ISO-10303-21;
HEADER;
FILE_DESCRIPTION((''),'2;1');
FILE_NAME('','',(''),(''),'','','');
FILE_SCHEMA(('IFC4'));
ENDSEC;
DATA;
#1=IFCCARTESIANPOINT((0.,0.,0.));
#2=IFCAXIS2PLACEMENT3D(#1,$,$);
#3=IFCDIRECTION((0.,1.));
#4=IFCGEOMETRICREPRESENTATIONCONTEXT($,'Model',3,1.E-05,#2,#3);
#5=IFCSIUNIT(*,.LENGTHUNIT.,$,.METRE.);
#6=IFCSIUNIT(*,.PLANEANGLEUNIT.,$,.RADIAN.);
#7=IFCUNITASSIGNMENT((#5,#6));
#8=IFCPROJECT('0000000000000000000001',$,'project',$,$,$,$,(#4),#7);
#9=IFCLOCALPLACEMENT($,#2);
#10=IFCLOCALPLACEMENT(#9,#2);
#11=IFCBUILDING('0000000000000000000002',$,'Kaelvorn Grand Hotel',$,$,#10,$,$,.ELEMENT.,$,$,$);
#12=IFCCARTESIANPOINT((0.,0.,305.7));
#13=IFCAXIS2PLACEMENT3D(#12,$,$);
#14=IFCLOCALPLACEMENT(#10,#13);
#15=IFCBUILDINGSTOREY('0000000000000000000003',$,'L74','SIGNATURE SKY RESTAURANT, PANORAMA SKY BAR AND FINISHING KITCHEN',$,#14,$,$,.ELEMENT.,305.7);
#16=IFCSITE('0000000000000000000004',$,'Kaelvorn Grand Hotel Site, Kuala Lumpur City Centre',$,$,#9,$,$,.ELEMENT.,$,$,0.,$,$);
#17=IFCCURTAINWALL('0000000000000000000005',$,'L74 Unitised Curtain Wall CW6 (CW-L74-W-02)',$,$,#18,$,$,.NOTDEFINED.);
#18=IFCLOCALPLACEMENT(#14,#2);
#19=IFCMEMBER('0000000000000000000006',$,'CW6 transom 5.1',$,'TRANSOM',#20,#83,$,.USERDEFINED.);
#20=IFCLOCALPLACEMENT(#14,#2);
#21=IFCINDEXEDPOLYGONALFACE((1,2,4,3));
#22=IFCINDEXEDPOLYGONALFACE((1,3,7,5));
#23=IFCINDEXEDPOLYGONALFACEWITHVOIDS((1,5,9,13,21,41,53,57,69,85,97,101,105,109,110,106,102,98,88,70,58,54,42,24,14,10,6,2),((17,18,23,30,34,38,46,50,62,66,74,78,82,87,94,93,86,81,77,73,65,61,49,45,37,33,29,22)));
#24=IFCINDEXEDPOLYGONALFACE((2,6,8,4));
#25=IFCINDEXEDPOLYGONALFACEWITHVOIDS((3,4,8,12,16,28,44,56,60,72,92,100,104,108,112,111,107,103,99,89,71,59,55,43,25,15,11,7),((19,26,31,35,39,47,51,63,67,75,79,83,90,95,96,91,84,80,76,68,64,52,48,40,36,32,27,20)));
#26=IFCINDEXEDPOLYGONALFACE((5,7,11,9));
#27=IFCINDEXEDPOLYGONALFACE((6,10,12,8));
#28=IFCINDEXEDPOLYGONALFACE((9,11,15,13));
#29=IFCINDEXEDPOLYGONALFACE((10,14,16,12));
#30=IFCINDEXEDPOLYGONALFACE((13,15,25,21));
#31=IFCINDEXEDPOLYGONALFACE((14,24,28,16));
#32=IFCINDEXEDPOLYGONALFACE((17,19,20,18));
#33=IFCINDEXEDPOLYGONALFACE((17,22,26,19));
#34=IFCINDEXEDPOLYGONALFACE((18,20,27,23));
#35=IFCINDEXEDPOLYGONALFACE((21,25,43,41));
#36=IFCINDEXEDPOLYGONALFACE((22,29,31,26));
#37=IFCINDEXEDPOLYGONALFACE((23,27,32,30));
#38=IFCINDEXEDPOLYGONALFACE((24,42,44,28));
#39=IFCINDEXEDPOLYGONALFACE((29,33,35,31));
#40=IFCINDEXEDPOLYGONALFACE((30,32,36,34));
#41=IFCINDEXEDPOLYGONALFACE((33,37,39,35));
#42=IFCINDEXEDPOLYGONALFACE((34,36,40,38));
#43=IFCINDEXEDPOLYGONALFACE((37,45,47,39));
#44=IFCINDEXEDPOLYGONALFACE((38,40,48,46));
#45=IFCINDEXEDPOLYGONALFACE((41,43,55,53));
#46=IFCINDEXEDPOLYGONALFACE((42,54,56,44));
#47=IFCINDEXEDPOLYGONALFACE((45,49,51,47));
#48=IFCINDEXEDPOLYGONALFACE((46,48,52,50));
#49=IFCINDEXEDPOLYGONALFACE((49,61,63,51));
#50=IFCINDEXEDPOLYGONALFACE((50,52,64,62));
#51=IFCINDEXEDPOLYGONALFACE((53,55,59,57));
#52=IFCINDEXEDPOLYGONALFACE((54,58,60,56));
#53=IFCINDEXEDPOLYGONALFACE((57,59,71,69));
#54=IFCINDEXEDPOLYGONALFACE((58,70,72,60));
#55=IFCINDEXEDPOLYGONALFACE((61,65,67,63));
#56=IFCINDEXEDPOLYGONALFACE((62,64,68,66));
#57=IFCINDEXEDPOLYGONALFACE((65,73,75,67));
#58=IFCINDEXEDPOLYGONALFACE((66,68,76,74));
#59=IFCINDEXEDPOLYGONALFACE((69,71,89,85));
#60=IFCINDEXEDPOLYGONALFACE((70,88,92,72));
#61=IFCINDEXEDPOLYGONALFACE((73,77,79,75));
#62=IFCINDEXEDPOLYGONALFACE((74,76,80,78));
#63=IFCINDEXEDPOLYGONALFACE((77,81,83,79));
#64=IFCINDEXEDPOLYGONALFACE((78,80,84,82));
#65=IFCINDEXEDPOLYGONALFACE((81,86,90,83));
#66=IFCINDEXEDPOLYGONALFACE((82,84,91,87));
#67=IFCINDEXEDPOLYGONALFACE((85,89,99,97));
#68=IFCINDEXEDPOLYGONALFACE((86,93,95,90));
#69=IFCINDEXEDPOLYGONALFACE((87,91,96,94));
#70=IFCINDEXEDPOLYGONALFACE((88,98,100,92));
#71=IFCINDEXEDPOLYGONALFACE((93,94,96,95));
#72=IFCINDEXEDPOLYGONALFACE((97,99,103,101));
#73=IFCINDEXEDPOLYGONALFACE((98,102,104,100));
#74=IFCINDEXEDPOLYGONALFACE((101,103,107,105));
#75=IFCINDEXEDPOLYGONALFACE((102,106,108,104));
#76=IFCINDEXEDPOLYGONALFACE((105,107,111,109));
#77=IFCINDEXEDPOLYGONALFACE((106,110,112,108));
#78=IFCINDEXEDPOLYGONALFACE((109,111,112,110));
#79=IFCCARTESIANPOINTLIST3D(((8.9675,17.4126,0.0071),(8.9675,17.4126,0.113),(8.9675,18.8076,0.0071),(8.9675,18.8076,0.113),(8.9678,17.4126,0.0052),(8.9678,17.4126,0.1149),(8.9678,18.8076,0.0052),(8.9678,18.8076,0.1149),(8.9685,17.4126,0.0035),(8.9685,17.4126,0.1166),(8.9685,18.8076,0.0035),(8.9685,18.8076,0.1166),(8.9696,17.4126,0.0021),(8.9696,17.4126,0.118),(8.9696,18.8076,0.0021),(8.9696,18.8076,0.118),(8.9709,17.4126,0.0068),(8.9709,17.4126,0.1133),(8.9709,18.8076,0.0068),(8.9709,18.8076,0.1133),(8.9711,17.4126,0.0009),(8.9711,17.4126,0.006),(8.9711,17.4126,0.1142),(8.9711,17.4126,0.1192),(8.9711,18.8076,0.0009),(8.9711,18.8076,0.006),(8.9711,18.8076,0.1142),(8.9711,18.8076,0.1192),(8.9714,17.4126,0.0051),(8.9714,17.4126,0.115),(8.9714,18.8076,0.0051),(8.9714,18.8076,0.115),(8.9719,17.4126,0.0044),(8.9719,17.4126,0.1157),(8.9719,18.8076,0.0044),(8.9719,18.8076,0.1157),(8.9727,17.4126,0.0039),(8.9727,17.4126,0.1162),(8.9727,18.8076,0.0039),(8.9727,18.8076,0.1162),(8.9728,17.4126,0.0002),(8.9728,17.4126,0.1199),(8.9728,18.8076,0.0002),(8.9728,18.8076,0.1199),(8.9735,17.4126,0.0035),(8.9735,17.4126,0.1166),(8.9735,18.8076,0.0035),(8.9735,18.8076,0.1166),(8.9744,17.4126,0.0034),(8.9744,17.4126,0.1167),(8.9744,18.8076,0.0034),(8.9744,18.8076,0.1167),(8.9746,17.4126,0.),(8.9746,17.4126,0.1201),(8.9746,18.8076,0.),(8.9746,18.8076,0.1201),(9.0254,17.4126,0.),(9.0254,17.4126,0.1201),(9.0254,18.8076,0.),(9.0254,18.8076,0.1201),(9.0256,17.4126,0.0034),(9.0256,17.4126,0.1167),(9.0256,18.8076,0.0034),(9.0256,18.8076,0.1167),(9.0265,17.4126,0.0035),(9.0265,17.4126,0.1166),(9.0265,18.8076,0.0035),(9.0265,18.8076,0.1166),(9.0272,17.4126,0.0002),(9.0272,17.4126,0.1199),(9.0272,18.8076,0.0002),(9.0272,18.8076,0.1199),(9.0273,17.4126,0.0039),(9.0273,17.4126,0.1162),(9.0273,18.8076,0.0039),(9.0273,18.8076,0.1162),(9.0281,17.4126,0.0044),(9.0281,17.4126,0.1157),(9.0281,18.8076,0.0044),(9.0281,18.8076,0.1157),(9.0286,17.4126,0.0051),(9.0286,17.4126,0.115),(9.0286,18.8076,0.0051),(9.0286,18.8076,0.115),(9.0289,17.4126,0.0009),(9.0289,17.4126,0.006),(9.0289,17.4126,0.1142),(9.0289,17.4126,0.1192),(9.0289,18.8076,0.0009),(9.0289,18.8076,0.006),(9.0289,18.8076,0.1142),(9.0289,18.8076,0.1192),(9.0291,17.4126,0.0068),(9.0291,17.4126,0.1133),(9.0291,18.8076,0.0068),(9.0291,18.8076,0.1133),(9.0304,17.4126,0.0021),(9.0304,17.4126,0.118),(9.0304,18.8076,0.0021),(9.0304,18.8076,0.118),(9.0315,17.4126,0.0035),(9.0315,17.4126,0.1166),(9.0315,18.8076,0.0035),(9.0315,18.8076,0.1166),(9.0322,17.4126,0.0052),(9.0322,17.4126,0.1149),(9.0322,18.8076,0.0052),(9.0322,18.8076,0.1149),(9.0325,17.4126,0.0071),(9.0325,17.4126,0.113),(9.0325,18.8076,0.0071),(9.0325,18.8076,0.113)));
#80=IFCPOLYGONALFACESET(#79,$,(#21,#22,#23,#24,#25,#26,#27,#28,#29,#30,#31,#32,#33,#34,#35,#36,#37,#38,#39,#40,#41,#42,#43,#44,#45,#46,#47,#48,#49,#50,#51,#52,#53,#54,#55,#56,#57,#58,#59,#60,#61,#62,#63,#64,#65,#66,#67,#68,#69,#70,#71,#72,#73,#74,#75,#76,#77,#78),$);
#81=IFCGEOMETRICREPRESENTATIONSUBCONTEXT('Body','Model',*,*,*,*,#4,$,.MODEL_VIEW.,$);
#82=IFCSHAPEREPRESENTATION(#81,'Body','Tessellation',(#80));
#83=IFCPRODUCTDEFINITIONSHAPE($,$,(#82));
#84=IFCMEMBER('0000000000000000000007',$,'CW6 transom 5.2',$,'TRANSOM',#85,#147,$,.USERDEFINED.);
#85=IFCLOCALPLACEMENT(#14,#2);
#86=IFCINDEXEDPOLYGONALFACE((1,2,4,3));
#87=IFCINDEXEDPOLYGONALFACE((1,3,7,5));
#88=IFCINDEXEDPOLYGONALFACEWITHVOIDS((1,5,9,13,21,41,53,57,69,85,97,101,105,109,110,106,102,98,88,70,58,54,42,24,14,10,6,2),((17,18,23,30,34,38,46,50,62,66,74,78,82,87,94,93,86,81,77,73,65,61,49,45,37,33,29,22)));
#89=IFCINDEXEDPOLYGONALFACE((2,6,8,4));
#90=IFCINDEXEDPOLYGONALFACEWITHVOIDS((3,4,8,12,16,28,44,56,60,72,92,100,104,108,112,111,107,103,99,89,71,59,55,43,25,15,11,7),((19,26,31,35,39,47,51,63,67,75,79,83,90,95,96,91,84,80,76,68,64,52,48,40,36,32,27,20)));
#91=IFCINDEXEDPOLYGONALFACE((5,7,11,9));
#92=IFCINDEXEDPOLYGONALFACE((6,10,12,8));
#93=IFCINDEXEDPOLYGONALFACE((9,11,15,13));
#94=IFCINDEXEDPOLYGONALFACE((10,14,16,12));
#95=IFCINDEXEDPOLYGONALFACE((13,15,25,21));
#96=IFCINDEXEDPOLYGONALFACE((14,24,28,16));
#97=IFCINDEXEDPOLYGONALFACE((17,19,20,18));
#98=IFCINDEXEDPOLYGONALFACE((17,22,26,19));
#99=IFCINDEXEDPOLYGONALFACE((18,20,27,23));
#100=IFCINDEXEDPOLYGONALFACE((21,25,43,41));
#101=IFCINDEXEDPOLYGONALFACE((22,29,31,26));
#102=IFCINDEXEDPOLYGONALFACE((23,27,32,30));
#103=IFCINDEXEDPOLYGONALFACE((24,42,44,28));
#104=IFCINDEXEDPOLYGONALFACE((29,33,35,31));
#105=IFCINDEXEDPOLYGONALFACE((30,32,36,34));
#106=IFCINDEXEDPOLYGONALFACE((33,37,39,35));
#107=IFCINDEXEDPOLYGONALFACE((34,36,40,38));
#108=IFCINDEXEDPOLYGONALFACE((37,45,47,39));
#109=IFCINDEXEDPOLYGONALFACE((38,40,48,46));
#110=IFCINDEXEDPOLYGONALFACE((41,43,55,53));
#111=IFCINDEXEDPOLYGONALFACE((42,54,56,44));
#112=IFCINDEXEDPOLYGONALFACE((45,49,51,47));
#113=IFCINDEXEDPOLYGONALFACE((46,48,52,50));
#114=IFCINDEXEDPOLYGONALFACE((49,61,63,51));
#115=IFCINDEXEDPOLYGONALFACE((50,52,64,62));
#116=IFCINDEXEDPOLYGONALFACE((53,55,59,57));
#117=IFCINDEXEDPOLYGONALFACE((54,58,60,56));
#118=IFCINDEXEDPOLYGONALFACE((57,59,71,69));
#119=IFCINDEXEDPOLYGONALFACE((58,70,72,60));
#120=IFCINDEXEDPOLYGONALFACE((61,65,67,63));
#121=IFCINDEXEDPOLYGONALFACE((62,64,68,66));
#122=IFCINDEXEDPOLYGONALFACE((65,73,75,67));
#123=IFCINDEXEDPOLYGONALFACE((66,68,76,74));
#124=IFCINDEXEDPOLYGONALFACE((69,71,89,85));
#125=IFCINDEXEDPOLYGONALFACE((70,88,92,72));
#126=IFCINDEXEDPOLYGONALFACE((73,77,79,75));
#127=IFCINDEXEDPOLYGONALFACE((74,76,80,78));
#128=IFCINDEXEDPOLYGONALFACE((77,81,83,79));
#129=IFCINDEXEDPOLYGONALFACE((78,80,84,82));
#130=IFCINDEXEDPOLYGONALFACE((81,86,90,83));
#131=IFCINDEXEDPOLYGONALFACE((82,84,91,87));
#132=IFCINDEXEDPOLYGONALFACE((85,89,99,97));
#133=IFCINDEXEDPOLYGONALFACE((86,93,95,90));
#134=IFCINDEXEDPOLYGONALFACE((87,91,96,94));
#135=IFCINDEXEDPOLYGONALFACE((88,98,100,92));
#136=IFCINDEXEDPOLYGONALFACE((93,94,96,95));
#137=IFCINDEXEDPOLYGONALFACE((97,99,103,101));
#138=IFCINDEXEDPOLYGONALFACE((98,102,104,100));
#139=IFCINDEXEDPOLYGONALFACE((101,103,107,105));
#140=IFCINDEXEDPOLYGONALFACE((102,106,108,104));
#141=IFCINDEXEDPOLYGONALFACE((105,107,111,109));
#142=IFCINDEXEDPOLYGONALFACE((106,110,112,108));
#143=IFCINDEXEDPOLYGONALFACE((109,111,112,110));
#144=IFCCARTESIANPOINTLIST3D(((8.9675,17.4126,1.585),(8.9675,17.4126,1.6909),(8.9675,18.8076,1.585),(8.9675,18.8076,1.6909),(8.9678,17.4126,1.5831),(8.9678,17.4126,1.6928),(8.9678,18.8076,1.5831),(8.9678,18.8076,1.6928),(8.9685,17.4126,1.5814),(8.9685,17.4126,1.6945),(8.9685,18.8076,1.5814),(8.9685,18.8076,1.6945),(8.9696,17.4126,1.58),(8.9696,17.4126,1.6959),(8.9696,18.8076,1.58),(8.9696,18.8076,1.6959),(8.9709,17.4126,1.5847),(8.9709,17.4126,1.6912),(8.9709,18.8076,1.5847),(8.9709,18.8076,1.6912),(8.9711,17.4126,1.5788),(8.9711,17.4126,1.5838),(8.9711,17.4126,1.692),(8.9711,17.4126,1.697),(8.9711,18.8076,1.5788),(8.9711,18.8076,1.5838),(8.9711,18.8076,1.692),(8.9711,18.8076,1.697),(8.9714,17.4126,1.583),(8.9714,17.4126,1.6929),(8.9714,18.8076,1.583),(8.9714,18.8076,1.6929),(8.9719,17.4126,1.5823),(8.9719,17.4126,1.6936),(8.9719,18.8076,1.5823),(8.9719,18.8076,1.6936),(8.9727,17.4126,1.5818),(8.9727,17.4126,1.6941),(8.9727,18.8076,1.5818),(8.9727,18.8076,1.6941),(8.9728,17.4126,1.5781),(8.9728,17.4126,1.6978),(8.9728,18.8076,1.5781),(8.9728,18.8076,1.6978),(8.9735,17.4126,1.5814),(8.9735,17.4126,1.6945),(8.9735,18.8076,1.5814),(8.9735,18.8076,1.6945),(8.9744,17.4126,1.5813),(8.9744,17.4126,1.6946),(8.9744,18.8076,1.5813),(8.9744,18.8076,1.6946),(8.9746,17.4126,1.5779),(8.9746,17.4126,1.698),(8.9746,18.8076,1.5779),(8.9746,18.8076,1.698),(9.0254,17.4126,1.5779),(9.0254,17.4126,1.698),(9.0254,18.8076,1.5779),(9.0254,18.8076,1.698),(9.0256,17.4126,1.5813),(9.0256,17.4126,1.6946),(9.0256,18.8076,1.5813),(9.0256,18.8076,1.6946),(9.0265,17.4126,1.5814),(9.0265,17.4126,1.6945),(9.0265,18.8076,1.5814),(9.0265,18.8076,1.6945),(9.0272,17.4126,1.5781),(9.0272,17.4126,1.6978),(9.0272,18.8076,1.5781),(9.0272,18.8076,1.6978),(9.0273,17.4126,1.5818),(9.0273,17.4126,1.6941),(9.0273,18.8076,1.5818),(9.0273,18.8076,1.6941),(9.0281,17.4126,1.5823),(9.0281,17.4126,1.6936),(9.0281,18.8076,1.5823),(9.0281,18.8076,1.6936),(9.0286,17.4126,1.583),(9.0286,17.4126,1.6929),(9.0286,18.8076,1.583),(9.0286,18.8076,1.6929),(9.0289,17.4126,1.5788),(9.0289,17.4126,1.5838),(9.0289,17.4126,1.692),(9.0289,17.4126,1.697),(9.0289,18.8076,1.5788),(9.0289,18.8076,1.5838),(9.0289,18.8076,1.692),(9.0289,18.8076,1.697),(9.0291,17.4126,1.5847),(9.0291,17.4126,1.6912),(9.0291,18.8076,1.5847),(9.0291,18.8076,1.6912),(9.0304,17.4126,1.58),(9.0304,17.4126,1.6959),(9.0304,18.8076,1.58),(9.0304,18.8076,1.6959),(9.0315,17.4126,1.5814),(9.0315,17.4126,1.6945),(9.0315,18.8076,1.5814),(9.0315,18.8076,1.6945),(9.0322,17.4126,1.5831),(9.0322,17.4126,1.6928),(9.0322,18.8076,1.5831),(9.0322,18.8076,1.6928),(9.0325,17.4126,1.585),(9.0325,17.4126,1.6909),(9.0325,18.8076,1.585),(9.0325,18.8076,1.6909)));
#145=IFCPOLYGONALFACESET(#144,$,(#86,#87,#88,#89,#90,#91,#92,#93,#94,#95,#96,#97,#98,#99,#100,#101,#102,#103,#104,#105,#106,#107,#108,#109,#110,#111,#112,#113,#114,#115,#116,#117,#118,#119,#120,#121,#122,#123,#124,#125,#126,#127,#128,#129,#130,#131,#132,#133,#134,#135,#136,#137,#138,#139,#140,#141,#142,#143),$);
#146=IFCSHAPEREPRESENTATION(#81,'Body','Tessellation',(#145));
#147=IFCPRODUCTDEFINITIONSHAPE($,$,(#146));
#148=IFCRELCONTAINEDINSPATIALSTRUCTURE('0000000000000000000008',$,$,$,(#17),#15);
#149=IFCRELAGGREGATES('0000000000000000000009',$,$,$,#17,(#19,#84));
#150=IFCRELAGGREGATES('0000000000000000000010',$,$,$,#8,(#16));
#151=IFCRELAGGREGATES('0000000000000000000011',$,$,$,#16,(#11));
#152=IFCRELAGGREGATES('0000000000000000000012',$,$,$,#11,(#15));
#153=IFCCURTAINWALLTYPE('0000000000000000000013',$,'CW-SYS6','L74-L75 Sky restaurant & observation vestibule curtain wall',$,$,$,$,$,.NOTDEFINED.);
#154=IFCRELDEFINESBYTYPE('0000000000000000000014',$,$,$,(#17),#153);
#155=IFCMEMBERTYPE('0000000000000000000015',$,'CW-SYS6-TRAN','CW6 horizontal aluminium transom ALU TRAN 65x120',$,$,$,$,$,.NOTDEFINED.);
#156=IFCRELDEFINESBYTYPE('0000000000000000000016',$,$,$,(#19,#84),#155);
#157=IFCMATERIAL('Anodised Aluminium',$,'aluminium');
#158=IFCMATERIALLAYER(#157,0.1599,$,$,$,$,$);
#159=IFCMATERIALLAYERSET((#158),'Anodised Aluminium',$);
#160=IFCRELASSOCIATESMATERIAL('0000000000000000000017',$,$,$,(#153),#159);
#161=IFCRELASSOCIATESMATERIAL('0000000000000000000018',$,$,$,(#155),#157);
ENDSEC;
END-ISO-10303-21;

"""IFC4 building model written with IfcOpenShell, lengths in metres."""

from ifc_helpers import new_model, si_unit, direction, frame, origin, origin_2d, place, context, subcontext, project, spatial, hollow_rectangle, extrude, material, layer, layer_set, material_profile, profile_set, type_object, element, aggregate, save


model = new_model("IFC4")

# Units and contexts
model_context = context("Model", 3, precision=1e-05, world=origin(), true_north=direction((0.0, 1.0)))
body_context = subcontext(model_context, "Body", "Model", "MODEL_VIEW")
ifc_project = project(units=[si_unit("LENGTHUNIT", "METRE"), si_unit("PLANEANGLEUNIT", "RADIAN")], contexts=[model_context])

# Site, building, storey
site_placement = place(None, origin())
site = spatial("IfcSite", under=ifc_project, at=site_placement, Name="Kaelvorn Grand Hotel Site, Kuala Lumpur City Centre", CompositionType="ELEMENT", RefElevation=0.0)
building_placement = place(site_placement, origin())
building = spatial("IfcBuilding", under=site, at=building_placement, Name="Kaelvorn Grand Hotel", CompositionType="ELEMENT")
storey_placement = place(building_placement, frame((0.0, 0.0, 305.7)))
storey = spatial("IfcBuildingStorey", under=building, at=storey_placement, Name="L74", Description="SIGNATURE SKY RESTAURANT, PANORAMA SKY BAR AND FINISHING KITCHEN", CompositionType="ELEMENT", Elevation=305.7)

# Curtain wall, members
ifc_material_1 = material(Name="Anodised Aluminium", Category="aluminium")
ifc_layer_1 = layer(ifc_material_1, 0.1599)
ifc_layer_set_1 = layer_set([ifc_layer_1], Name="Anodised Aluminium")
curtain_wall_type = type_object("IfcCurtainWallType", Name="CW-SYS6", Description="L74-L75 Sky restaurant & observation vestibule curtain wall", PredefinedType="NOTDEFINED", material=ifc_layer_set_1)
curtain_wall_placement = place(storey_placement, origin())
curtain_wall = element("IfcCurtainWall", 1, at=curtain_wall_placement, inside=storey, type_object=curtain_wall_type, Name="L74 Unitised Curtain Wall CW6 (CW-L74-W-02)", PredefinedType="NOTDEFINED")
ifc_material_profile_1 = material_profile(ifc_material_1, hollow_rectangle(XDim=0.0649, YDim=0.1201, WallThickness=0.0034, InnerFilletRadius=0.0034, OuterFilletRadius=0.0071, at=origin_2d()), Name="ALU TRAN 65x120")
ifc_profile_set_1 = profile_set([ifc_material_profile_1], Name="Anodised Aluminium")
member_type_1 = type_object("IfcMemberType", Name="CW-SYS6-TRAN", Description="CW6 horizontal aluminium transom ALU TRAN 65x120", PredefinedType="NOTDEFINED", material=ifc_profile_set_1)
member_1_placement = place(storey_placement, frame((9.0, 18.8076, 0.0601), z_axis=(0.0, -1.0, 0.0), x_axis=(1.0, 0.0, 0.0)))
member_1 = element("IfcMember", 2, at=member_1_placement, type_object=member_type_1, Name="CW6 transom 5.1", ObjectType="TRANSOM", PredefinedType="USERDEFINED", context=body_context, shape_type="SweptSolid", body=[
    extrude(hollow_rectangle(XDim=0.0649, YDim=0.1201, WallThickness=0.0034, InnerFilletRadius=0.0034, OuterFilletRadius=0.0071, at=origin_2d()), origin(), (0.0, 0.0, 1.0), 1.395),
])
member_2_placement = place(storey_placement, frame((9.0, 18.8076, 1.6379), z_axis=(0.0, -1.0, 0.0), x_axis=(1.0, 0.0, 0.0)))
member_2 = element("IfcMember", 3, at=member_2_placement, type_object=member_type_1, Name="CW6 transom 5.2", ObjectType="TRANSOM", PredefinedType="USERDEFINED", context=body_context, shape_type="SweptSolid", body=[
    extrude(hollow_rectangle(XDim=0.0649, YDim=0.1201, WallThickness=0.0034, InnerFilletRadius=0.0034, OuterFilletRadius=0.0071, at=origin_2d()), origin(), (0.0, 0.0, 1.0), 1.395),
])
aggregate(curtain_wall, [member_1, member_2])

save(model, "model.ifc")
